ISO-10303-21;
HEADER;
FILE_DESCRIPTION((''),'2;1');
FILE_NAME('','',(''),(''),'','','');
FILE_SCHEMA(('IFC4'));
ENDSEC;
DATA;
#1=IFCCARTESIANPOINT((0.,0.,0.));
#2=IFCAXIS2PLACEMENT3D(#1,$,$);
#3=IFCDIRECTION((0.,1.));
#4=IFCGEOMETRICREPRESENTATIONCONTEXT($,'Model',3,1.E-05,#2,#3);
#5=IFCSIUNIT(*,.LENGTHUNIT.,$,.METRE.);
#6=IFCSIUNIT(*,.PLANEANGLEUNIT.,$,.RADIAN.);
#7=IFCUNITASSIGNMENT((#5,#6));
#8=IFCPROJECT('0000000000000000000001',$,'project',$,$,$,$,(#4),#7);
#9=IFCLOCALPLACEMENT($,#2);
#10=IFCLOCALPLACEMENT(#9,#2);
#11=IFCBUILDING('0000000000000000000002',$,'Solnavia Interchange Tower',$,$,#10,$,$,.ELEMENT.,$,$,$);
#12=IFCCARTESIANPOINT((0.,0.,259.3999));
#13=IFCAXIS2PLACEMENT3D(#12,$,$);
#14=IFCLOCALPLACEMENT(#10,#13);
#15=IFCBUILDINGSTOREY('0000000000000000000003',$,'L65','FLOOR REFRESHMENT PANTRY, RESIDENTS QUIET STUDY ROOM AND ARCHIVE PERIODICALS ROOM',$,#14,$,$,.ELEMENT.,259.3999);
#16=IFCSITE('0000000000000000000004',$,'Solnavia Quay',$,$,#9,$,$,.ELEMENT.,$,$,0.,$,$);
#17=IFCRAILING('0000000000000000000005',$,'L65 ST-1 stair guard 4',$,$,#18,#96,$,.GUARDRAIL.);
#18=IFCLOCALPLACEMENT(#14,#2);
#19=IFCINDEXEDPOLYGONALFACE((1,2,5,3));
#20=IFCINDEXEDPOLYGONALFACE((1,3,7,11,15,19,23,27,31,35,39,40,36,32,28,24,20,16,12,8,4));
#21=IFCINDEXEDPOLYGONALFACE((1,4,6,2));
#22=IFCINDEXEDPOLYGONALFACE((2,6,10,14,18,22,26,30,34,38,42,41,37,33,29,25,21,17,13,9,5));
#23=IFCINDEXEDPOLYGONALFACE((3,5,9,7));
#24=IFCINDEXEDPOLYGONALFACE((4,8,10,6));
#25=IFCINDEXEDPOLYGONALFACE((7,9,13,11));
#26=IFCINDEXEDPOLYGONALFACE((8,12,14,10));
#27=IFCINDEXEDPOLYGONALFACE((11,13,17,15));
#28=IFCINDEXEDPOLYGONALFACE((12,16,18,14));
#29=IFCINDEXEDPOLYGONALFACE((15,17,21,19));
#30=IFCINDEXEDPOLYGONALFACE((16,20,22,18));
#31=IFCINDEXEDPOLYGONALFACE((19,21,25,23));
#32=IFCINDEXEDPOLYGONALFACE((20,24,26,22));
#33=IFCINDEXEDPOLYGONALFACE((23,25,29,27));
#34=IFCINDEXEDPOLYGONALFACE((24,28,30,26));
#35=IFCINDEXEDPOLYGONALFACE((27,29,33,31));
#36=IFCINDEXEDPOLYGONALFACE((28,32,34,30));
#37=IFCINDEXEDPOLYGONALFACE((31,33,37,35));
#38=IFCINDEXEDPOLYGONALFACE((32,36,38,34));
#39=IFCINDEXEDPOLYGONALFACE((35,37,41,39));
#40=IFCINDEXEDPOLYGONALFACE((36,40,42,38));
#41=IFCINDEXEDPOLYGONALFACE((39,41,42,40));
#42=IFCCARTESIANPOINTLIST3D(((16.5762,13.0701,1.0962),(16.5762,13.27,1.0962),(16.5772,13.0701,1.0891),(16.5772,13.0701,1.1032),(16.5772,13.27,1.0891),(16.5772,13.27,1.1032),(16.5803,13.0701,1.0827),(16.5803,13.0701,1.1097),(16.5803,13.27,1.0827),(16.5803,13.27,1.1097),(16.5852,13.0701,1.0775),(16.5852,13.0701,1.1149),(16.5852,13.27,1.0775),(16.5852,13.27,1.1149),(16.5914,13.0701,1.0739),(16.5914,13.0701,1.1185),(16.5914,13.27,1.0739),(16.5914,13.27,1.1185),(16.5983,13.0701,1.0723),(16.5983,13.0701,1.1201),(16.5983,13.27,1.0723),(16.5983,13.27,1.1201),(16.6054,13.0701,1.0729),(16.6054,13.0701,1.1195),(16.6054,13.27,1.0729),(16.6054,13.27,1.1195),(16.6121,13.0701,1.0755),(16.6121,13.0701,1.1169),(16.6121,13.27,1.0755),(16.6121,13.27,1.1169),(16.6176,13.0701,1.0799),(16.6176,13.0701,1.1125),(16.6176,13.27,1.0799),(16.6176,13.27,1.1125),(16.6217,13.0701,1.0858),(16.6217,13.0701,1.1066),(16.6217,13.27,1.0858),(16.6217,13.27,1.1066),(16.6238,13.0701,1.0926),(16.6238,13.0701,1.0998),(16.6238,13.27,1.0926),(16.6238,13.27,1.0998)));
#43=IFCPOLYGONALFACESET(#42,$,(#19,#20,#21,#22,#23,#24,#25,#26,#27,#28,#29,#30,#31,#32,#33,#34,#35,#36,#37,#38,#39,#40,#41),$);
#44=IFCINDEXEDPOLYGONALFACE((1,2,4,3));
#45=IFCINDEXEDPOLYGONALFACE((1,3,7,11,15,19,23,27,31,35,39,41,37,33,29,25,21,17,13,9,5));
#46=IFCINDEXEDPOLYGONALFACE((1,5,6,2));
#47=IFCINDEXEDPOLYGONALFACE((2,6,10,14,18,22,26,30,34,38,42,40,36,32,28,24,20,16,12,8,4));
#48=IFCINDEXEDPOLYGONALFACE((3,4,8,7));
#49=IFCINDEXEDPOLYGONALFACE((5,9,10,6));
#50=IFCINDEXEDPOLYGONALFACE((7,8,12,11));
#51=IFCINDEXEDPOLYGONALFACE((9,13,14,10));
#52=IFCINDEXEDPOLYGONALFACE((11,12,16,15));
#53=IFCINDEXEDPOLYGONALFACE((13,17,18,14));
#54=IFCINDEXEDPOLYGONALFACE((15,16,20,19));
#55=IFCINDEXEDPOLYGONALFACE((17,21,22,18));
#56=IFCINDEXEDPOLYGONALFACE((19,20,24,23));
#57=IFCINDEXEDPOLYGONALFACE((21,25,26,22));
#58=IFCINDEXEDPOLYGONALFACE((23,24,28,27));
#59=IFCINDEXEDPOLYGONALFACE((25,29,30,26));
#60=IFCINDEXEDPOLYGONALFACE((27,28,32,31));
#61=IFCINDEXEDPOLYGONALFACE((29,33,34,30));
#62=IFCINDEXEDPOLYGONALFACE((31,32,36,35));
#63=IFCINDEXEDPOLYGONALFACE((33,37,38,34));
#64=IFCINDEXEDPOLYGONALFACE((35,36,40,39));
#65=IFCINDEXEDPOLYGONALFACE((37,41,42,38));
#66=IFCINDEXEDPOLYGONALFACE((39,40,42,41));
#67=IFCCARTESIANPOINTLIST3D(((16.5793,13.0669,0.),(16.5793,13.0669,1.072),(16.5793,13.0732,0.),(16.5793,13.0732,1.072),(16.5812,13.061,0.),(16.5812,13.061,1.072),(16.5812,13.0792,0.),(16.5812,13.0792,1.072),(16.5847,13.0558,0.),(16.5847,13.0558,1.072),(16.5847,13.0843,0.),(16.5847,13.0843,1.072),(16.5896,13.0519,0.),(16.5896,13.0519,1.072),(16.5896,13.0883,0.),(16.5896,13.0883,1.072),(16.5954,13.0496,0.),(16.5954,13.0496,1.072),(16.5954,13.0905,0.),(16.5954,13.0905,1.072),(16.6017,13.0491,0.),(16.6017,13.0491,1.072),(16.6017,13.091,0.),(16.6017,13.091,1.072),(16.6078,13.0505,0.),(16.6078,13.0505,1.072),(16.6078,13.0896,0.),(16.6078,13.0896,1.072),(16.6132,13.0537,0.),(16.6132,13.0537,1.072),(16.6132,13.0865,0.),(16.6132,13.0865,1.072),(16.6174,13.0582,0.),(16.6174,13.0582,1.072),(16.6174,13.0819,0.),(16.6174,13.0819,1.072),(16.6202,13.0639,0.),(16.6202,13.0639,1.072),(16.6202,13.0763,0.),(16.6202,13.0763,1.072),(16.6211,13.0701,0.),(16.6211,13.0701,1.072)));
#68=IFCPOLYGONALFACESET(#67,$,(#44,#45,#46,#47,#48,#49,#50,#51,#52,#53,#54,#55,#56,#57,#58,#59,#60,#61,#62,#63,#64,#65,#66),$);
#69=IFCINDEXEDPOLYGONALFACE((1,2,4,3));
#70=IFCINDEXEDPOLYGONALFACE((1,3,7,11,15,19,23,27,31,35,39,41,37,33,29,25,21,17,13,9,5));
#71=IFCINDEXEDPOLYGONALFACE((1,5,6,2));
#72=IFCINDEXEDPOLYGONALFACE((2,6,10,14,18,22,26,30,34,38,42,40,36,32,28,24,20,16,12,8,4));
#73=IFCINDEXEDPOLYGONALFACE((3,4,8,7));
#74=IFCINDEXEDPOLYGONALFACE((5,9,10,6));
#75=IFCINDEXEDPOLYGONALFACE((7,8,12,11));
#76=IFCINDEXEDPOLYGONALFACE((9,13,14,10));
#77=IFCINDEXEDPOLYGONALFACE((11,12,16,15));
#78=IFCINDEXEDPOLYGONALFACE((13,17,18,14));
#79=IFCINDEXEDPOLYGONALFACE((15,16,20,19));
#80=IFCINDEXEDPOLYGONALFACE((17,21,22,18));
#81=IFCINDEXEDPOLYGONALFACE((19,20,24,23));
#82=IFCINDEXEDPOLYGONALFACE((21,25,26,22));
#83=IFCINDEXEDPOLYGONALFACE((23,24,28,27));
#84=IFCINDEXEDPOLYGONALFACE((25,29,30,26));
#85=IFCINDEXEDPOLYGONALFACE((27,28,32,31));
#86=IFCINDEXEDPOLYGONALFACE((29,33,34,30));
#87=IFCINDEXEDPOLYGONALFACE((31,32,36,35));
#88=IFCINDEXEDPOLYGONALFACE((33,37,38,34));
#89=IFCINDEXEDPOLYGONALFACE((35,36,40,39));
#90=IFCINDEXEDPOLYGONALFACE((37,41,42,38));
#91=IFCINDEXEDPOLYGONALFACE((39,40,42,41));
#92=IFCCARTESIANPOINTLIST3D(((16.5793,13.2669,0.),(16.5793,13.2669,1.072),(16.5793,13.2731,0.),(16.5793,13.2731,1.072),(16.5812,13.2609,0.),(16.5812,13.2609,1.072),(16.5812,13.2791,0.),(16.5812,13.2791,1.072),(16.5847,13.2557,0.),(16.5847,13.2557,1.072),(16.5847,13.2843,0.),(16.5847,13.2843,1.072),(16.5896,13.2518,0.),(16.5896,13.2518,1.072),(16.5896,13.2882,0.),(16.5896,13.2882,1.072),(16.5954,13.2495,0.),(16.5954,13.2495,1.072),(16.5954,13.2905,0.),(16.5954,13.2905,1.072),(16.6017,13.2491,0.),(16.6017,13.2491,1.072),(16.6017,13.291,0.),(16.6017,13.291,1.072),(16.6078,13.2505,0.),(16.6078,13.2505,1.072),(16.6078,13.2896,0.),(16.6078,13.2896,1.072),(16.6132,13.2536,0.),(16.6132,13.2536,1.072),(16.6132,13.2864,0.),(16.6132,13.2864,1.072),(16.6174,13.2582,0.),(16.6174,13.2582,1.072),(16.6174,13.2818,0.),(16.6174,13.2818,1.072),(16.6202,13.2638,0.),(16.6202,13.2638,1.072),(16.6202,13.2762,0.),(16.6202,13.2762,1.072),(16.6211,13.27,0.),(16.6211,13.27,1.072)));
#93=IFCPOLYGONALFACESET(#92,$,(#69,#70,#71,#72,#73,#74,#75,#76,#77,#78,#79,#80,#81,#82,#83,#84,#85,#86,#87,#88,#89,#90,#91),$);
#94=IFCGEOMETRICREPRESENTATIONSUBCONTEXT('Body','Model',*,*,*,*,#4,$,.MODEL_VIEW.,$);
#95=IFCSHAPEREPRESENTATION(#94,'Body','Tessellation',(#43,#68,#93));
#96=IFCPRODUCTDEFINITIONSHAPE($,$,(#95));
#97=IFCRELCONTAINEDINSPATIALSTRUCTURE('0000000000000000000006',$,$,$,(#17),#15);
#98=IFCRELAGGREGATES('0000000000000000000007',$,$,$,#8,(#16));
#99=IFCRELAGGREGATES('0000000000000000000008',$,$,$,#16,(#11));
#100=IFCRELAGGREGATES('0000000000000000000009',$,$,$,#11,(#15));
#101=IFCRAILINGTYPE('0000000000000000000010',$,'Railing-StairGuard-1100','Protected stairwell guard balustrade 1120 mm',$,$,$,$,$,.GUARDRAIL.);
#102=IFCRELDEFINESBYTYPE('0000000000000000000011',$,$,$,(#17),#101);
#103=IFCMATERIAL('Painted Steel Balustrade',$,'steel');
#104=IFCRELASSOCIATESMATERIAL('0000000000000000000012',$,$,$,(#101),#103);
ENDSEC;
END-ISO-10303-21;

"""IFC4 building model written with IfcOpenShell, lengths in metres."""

from ifc_helpers import new_model, si_unit, direction, frame, origin, origin_2d, place, context, subcontext, project, spatial, circle, extrude, material, type_object, element, save


model = new_model("IFC4")

# Units and contexts
model_context = context("Model", 3, precision=1e-05, world=origin(), true_north=direction((0.0, 1.0)))
body_context = subcontext(model_context, "Body", "Model", "MODEL_VIEW")
ifc_project = project(units=[si_unit("LENGTHUNIT", "METRE"), si_unit("PLANEANGLEUNIT", "RADIAN")], contexts=[model_context])

# Site, building, storey
site_placement = place(None, origin())
site = spatial("IfcSite", under=ifc_project, at=site_placement, Name="Solnavia Quay", CompositionType="ELEMENT", RefElevation=0.0)
building_placement = place(site_placement, origin())
building = spatial("IfcBuilding", under=site, at=building_placement, Name="Solnavia Interchange Tower", CompositionType="ELEMENT")
storey_placement = place(building_placement, frame((0.0, 0.0, 259.3999)))
storey = spatial("IfcBuildingStorey", under=building, at=storey_placement, Name="L65", Description="FLOOR REFRESHMENT PANTRY, RESIDENTS QUIET STUDY ROOM AND ARCHIVE PERIODICALS ROOM", CompositionType="ELEMENT", Elevation=259.3999)

# Railing
ifc_material_1 = material(Name="Painted Steel Balustrade", Category="steel")
railing_type_1 = type_object("IfcRailingType", Name="Railing-StairGuard-1100", Description="Protected stairwell guard balustrade 1120 mm", PredefinedType="GUARDRAIL", material=ifc_material_1)
railing_1_placement = place(storey_placement, frame((16.6001, 13.0701, 0.0)))
element("IfcRailing", 1, at=railing_1_placement, inside=storey, type_object=railing_type_1, Name="L65 ST-1 stair guard 4", PredefinedType="GUARDRAIL", context=body_context, shape_type="SweptSolid", body=[
    extrude(circle(Radius=0.0239, at=origin_2d()), frame((0.0, 0.0, 1.0962), z_axis=(0.0, 1.0, 0.0), x_axis=(-1.0, 0.0, 0.0)), (0.0, 0.0, 1.0), 0.2),
    extrude(circle(Radius=0.021, at=origin_2d()), origin(), (0.0, 0.0, 1.0), 1.072),
    extrude(circle(Radius=0.021, at=origin_2d()), frame((0.0, 0.2, 0.0)), (0.0, 0.0, 1.0), 1.072),
])

save(model, "model.ifc")
